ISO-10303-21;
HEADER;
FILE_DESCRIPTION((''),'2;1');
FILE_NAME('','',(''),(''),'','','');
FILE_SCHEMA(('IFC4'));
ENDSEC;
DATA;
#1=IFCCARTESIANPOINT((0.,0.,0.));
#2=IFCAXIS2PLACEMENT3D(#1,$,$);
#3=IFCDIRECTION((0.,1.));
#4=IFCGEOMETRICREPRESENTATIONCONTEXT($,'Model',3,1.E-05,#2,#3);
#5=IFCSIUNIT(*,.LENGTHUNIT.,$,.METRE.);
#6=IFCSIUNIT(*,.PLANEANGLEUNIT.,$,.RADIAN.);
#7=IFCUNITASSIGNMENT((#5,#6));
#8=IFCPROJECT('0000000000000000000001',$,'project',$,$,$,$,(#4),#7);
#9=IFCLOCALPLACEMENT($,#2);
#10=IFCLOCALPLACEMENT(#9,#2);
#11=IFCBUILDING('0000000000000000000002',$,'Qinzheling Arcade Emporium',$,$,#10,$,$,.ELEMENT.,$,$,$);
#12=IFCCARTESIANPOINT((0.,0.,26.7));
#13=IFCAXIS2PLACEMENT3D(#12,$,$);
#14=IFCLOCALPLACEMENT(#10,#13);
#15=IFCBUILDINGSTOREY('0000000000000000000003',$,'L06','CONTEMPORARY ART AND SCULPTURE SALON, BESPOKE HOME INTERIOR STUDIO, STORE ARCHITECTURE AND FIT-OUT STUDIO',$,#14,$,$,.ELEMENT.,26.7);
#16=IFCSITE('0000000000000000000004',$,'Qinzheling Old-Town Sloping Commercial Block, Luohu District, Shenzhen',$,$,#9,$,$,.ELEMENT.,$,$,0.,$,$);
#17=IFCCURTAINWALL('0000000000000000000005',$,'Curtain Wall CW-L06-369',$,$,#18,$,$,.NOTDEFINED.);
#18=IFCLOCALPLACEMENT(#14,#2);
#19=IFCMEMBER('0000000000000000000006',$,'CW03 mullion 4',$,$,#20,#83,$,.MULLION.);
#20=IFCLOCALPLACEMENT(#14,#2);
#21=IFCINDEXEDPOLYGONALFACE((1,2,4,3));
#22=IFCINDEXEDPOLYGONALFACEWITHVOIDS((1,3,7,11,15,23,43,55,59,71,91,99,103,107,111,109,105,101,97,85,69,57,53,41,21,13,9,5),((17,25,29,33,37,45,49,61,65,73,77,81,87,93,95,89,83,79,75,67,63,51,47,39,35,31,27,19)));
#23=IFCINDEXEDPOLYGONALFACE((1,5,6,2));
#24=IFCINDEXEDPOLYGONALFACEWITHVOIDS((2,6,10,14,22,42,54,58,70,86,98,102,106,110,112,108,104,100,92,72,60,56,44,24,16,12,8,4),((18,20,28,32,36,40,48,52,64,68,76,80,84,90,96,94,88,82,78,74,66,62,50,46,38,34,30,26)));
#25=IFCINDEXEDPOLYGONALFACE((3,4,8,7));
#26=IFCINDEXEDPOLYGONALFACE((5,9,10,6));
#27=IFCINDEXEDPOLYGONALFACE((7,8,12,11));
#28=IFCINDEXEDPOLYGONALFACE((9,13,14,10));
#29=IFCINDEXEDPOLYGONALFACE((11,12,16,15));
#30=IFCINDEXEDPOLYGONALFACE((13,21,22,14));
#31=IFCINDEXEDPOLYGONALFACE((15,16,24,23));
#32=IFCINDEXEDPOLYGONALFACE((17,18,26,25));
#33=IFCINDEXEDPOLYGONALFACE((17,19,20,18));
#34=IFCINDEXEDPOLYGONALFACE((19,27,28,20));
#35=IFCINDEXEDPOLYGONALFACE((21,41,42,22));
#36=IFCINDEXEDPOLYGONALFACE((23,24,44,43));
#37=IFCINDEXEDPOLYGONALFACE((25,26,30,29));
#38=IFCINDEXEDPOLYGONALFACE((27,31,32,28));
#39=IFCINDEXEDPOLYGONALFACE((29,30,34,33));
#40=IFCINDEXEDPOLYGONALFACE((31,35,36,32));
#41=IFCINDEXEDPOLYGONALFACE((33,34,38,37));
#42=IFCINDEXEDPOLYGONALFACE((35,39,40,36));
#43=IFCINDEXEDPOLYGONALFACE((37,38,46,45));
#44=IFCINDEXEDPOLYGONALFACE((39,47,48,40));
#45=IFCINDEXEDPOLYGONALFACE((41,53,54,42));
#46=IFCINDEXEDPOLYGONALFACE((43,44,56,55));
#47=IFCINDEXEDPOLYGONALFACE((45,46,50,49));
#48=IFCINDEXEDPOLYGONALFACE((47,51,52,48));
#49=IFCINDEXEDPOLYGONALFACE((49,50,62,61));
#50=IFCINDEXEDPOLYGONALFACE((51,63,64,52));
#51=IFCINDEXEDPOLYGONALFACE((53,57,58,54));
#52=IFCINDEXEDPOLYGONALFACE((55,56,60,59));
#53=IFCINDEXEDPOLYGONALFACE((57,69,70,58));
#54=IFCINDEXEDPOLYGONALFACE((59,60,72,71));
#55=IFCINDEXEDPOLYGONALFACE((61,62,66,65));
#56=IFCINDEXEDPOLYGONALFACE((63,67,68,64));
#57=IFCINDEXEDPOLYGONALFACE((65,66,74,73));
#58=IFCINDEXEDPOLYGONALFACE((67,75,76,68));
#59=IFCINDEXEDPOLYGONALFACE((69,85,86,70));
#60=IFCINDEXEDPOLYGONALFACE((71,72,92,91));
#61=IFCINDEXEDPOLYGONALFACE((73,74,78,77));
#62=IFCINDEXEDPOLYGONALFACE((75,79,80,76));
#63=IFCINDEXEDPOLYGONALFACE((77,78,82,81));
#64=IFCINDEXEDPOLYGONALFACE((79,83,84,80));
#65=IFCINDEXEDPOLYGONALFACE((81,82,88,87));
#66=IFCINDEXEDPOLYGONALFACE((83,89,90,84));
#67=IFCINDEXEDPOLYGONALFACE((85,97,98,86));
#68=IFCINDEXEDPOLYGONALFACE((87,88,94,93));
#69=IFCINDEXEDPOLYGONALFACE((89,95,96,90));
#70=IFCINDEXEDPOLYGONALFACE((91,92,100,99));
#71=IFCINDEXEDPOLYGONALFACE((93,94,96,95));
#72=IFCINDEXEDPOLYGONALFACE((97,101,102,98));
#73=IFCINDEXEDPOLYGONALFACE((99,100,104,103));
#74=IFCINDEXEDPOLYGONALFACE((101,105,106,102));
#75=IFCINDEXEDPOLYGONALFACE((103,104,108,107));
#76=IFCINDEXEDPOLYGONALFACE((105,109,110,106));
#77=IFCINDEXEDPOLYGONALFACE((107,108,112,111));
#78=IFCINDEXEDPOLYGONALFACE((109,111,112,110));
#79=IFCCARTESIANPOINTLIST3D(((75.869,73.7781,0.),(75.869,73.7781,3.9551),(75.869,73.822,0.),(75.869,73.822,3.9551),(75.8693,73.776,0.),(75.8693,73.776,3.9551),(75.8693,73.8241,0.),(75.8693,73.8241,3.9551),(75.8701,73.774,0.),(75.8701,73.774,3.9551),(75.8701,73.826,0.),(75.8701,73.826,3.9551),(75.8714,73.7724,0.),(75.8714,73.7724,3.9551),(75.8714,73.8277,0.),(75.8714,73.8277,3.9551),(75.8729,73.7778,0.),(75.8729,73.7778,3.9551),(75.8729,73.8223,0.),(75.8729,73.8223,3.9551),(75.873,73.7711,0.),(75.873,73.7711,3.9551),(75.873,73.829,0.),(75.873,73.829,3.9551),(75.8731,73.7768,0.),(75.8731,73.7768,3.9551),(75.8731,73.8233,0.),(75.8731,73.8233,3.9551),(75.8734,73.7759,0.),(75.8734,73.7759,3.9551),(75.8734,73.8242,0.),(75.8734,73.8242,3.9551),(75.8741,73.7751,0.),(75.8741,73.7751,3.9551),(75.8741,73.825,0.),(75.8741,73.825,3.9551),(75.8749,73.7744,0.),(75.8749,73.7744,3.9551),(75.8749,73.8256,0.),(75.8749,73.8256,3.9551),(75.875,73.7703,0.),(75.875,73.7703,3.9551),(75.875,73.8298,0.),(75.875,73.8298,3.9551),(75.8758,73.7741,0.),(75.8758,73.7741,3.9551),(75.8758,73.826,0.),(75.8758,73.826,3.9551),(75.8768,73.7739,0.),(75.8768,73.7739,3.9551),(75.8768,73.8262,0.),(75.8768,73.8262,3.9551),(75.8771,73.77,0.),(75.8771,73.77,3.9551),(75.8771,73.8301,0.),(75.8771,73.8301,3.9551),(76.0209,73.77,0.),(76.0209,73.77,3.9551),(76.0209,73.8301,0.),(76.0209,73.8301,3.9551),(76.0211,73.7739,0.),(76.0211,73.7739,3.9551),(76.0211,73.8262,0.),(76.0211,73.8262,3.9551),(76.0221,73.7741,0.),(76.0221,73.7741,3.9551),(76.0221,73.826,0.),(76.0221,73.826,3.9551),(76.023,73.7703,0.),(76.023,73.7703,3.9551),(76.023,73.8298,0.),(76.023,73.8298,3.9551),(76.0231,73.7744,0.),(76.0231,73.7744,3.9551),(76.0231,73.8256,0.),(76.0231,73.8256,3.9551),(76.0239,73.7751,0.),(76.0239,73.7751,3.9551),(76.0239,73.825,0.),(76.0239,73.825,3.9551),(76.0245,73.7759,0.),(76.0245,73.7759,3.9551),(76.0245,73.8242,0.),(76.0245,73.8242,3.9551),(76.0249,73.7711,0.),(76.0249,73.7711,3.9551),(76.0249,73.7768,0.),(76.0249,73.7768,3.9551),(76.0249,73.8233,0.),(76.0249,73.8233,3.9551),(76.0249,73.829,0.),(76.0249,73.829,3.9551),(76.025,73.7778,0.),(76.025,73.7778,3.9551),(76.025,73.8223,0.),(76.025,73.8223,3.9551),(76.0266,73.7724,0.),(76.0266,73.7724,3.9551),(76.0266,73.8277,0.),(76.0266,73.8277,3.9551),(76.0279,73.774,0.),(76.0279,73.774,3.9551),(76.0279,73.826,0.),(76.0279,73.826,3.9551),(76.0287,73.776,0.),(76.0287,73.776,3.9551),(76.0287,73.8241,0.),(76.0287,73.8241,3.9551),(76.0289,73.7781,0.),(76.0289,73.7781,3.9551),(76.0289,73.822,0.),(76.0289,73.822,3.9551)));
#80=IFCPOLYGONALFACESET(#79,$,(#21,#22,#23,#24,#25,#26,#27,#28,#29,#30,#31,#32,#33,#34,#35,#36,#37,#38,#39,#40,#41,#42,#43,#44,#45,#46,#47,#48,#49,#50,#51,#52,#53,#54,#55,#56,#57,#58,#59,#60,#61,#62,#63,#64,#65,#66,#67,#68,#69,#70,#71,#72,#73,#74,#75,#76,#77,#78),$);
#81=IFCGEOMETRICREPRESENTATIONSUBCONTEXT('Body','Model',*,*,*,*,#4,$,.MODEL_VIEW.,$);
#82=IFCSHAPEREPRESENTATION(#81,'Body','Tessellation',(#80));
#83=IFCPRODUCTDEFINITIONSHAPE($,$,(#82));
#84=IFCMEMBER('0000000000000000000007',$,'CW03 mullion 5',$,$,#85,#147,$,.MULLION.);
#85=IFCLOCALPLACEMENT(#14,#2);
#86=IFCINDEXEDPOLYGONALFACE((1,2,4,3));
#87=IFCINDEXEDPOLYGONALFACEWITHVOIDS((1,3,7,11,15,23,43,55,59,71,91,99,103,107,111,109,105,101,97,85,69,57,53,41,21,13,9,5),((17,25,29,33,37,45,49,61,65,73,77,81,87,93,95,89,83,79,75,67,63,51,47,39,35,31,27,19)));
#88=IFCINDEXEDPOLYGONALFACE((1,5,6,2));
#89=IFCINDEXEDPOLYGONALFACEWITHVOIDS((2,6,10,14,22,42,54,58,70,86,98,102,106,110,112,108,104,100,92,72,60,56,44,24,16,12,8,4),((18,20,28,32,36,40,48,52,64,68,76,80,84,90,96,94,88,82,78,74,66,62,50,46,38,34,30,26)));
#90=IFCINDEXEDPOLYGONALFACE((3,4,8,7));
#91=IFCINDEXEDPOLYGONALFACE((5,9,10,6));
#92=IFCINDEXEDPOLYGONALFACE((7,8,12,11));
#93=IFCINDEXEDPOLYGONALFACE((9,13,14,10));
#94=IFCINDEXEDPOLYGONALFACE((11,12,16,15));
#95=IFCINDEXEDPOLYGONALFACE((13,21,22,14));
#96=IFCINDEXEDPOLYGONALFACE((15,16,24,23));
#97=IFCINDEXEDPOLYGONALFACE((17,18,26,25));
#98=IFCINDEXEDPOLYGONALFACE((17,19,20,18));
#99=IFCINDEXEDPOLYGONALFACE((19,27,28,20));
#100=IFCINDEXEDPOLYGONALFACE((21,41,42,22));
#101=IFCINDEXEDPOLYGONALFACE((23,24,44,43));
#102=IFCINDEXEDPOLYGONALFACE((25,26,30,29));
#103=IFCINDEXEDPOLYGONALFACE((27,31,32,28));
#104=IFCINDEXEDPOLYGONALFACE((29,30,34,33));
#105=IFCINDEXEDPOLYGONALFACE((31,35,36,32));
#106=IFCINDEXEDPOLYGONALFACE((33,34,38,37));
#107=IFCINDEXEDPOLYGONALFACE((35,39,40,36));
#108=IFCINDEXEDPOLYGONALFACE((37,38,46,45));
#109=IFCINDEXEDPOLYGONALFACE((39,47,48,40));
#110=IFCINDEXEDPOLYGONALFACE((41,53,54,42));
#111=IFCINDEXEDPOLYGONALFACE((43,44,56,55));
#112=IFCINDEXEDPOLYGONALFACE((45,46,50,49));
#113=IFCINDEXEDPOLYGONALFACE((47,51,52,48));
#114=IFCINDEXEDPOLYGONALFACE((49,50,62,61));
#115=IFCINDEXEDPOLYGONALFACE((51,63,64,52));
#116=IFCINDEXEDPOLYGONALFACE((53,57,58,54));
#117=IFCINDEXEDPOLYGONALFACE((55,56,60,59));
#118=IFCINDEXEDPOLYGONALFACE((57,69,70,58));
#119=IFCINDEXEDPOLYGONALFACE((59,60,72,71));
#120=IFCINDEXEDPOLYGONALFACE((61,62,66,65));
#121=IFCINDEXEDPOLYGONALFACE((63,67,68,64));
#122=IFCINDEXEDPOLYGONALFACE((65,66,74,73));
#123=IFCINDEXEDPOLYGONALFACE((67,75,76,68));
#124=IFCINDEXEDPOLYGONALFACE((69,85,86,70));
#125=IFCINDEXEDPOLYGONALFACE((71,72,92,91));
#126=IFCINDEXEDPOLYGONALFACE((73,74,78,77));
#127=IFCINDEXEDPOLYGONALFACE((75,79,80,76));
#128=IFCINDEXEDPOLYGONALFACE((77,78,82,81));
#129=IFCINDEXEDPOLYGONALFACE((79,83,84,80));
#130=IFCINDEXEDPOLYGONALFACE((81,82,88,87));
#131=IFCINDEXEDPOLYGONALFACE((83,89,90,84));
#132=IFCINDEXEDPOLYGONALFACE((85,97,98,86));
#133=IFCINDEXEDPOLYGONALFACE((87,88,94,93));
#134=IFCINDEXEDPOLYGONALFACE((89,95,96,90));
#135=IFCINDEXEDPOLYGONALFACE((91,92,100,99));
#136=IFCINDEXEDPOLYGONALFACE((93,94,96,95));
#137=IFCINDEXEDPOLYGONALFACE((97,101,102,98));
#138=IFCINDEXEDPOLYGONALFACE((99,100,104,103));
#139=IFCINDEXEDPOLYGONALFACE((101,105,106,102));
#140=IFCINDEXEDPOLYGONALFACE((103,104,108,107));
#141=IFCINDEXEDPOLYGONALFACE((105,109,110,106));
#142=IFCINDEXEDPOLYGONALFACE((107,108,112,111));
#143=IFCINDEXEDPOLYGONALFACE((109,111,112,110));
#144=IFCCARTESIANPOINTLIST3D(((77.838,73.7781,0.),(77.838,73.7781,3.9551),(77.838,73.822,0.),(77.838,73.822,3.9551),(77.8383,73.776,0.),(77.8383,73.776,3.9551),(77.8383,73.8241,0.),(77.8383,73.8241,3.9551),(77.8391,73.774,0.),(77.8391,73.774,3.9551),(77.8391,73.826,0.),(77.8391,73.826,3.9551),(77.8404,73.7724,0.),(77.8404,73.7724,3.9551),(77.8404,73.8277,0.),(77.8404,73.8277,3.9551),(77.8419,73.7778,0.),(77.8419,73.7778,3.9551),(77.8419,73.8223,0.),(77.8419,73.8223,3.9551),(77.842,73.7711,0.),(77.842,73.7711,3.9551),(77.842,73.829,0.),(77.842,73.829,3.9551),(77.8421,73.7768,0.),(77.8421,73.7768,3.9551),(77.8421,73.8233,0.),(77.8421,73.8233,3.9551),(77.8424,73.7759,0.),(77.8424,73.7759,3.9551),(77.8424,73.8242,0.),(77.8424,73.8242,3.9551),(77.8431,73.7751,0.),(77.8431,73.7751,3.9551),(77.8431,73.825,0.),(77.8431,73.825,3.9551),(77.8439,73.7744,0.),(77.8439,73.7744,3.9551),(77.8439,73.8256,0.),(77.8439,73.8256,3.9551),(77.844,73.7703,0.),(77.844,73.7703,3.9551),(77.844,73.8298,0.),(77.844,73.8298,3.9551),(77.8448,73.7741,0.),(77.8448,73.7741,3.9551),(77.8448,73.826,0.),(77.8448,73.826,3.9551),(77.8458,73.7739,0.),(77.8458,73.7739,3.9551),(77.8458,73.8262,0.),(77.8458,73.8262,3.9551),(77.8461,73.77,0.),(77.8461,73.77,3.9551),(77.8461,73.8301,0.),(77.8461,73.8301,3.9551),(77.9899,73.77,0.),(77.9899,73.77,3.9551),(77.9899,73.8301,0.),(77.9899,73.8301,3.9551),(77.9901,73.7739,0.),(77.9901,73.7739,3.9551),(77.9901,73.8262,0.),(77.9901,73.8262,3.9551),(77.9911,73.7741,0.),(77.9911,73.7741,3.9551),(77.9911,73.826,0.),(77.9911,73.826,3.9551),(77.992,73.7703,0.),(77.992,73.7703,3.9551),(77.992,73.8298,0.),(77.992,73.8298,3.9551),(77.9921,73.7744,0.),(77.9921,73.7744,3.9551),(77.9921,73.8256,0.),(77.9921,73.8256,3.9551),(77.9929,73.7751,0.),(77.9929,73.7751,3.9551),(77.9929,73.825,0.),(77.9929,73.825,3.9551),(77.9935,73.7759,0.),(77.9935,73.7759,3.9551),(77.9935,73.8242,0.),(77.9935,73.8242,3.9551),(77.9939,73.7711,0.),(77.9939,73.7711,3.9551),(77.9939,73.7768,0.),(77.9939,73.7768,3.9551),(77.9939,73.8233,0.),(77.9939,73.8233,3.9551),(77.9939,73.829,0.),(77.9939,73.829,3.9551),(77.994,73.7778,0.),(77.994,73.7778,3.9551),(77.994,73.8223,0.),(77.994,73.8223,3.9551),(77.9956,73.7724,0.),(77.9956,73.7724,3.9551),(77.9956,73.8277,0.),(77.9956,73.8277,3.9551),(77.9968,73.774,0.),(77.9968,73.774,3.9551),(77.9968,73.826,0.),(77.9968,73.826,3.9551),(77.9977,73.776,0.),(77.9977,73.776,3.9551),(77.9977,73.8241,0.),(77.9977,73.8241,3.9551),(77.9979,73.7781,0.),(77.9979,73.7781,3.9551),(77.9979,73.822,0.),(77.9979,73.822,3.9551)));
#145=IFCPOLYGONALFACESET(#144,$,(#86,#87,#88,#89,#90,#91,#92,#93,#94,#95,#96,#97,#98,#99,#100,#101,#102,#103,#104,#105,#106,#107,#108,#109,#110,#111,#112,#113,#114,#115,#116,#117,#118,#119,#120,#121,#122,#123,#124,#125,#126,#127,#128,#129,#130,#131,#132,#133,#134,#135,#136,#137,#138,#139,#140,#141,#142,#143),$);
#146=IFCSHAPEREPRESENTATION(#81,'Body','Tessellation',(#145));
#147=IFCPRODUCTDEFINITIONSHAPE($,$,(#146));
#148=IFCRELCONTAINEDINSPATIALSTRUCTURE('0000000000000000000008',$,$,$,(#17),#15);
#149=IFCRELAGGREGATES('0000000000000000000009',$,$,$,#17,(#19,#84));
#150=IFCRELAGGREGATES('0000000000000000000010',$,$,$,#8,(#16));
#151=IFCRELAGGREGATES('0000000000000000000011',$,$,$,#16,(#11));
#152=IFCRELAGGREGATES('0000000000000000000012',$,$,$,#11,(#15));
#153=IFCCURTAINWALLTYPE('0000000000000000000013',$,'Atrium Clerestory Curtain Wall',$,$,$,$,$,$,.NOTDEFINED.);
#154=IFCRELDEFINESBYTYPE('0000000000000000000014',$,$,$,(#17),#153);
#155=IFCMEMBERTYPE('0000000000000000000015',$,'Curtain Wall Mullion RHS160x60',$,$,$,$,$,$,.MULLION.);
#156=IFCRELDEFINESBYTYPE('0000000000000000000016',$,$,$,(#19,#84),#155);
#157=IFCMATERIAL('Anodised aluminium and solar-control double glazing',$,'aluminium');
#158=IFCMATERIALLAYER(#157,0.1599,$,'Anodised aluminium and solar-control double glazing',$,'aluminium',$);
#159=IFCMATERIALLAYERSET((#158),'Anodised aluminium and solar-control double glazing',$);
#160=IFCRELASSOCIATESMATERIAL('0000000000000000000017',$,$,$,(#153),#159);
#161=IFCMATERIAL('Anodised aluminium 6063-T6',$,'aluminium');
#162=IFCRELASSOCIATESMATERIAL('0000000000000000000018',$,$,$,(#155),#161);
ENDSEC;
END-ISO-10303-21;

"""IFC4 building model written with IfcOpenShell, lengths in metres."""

from ifc_helpers import new_model, si_unit, direction, frame, origin, origin_2d, place, context, subcontext, project, spatial, hollow_rectangle, extrude, material, layer, layer_set, material_profile, profile_set, type_object, element, aggregate, save


model = new_model("IFC4")

# Units and contexts
model_context = context("Model", 3, precision=1e-05, world=origin(), true_north=direction((0.0, 1.0)))
body_context = subcontext(model_context, "Body", "Model", "MODEL_VIEW")
ifc_project = project(units=[si_unit("LENGTHUNIT", "METRE"), si_unit("PLANEANGLEUNIT", "RADIAN")], contexts=[model_context])

# Site, building, storey
site_placement = place(None, origin())
site = spatial("IfcSite", under=ifc_project, at=site_placement, Name="Qinzheling Old-Town Sloping Commercial Block, Luohu District, Shenzhen", CompositionType="ELEMENT", RefElevation=0.0)
building_placement = place(site_placement, origin())
building = spatial("IfcBuilding", under=site, at=building_placement, Name="Qinzheling Arcade Emporium", CompositionType="ELEMENT")
storey_placement = place(building_placement, frame((0.0, 0.0, 26.7)))
storey = spatial("IfcBuildingStorey", under=building, at=storey_placement, Name="L06", Description="CONTEMPORARY ART AND SCULPTURE SALON, BESPOKE HOME INTERIOR STUDIO, STORE ARCHITECTURE AND FIT-OUT STUDIO", CompositionType="ELEMENT", Elevation=26.7)

# Curtain wall, members
ifc_material_1 = material(Name="Anodised aluminium and solar-control double glazing", Category="aluminium")
ifc_layer_1 = layer(ifc_material_1, 0.1599, Name="Anodised aluminium and solar-control double glazing", Category="aluminium")
ifc_layer_set_1 = layer_set([ifc_layer_1], Name="Anodised aluminium and solar-control double glazing")
curtain_wall_type = type_object("IfcCurtainWallType", Name="Atrium Clerestory Curtain Wall", PredefinedType="NOTDEFINED", material=ifc_layer_set_1)
curtain_wall_placement = place(storey_placement, origin())
curtain_wall = element("IfcCurtainWall", 1, at=curtain_wall_placement, inside=storey, type_object=curtain_wall_type, Name="Curtain Wall CW-L06-369", PredefinedType="NOTDEFINED")
ifc_material_2 = material(Name="Anodised aluminium 6063-T6", Category="aluminium")
ifc_material_profile_1 = material_profile(ifc_material_2, hollow_rectangle(XDim=0.0601, YDim=0.1599, WallThickness=0.0039, InnerFilletRadius=0.0039, OuterFilletRadius=0.0081, at=origin_2d()), Name="RHS 160x60x4", Category="aluminium")
ifc_profile_set_1 = profile_set([ifc_material_profile_1], Name="Anodised aluminium 6063-T6")
member_type_1 = type_object("IfcMemberType", Name="Curtain Wall Mullion RHS160x60", PredefinedType="MULLION", material=ifc_profile_set_1)
member_1_placement = place(storey_placement, frame((75.949, 73.8, 0.0), z_axis=(0.0, 0.0, 1.0), x_axis=(0.0, 1.0, 0.0)))
member_1 = element("IfcMember", 2, at=member_1_placement, type_object=member_type_1, Name="CW03 mullion 4", PredefinedType="MULLION", context=body_context, shape_type="SweptSolid", body=[
    extrude(hollow_rectangle(XDim=0.0601, YDim=0.1599, WallThickness=0.0039, InnerFilletRadius=0.0039, OuterFilletRadius=0.0081, at=origin_2d()), origin(), (0.0, 0.0, 1.0), 3.9551),
])
member_2_placement = place(storey_placement, frame((77.918, 73.8, 0.0), z_axis=(0.0, 0.0, 1.0), x_axis=(0.0, 1.0, 0.0)))
member_2 = element("IfcMember", 3, at=member_2_placement, type_object=member_type_1, Name="CW03 mullion 5", PredefinedType="MULLION", context=body_context, shape_type="SweptSolid", body=[
    extrude(hollow_rectangle(XDim=0.0601, YDim=0.1599, WallThickness=0.0039, InnerFilletRadius=0.0039, OuterFilletRadius=0.0081, at=origin_2d()), origin(), (0.0, 0.0, 1.0), 3.9551),
])
aggregate(curtain_wall, [member_1, member_2])

save(model, "model.ifc")
